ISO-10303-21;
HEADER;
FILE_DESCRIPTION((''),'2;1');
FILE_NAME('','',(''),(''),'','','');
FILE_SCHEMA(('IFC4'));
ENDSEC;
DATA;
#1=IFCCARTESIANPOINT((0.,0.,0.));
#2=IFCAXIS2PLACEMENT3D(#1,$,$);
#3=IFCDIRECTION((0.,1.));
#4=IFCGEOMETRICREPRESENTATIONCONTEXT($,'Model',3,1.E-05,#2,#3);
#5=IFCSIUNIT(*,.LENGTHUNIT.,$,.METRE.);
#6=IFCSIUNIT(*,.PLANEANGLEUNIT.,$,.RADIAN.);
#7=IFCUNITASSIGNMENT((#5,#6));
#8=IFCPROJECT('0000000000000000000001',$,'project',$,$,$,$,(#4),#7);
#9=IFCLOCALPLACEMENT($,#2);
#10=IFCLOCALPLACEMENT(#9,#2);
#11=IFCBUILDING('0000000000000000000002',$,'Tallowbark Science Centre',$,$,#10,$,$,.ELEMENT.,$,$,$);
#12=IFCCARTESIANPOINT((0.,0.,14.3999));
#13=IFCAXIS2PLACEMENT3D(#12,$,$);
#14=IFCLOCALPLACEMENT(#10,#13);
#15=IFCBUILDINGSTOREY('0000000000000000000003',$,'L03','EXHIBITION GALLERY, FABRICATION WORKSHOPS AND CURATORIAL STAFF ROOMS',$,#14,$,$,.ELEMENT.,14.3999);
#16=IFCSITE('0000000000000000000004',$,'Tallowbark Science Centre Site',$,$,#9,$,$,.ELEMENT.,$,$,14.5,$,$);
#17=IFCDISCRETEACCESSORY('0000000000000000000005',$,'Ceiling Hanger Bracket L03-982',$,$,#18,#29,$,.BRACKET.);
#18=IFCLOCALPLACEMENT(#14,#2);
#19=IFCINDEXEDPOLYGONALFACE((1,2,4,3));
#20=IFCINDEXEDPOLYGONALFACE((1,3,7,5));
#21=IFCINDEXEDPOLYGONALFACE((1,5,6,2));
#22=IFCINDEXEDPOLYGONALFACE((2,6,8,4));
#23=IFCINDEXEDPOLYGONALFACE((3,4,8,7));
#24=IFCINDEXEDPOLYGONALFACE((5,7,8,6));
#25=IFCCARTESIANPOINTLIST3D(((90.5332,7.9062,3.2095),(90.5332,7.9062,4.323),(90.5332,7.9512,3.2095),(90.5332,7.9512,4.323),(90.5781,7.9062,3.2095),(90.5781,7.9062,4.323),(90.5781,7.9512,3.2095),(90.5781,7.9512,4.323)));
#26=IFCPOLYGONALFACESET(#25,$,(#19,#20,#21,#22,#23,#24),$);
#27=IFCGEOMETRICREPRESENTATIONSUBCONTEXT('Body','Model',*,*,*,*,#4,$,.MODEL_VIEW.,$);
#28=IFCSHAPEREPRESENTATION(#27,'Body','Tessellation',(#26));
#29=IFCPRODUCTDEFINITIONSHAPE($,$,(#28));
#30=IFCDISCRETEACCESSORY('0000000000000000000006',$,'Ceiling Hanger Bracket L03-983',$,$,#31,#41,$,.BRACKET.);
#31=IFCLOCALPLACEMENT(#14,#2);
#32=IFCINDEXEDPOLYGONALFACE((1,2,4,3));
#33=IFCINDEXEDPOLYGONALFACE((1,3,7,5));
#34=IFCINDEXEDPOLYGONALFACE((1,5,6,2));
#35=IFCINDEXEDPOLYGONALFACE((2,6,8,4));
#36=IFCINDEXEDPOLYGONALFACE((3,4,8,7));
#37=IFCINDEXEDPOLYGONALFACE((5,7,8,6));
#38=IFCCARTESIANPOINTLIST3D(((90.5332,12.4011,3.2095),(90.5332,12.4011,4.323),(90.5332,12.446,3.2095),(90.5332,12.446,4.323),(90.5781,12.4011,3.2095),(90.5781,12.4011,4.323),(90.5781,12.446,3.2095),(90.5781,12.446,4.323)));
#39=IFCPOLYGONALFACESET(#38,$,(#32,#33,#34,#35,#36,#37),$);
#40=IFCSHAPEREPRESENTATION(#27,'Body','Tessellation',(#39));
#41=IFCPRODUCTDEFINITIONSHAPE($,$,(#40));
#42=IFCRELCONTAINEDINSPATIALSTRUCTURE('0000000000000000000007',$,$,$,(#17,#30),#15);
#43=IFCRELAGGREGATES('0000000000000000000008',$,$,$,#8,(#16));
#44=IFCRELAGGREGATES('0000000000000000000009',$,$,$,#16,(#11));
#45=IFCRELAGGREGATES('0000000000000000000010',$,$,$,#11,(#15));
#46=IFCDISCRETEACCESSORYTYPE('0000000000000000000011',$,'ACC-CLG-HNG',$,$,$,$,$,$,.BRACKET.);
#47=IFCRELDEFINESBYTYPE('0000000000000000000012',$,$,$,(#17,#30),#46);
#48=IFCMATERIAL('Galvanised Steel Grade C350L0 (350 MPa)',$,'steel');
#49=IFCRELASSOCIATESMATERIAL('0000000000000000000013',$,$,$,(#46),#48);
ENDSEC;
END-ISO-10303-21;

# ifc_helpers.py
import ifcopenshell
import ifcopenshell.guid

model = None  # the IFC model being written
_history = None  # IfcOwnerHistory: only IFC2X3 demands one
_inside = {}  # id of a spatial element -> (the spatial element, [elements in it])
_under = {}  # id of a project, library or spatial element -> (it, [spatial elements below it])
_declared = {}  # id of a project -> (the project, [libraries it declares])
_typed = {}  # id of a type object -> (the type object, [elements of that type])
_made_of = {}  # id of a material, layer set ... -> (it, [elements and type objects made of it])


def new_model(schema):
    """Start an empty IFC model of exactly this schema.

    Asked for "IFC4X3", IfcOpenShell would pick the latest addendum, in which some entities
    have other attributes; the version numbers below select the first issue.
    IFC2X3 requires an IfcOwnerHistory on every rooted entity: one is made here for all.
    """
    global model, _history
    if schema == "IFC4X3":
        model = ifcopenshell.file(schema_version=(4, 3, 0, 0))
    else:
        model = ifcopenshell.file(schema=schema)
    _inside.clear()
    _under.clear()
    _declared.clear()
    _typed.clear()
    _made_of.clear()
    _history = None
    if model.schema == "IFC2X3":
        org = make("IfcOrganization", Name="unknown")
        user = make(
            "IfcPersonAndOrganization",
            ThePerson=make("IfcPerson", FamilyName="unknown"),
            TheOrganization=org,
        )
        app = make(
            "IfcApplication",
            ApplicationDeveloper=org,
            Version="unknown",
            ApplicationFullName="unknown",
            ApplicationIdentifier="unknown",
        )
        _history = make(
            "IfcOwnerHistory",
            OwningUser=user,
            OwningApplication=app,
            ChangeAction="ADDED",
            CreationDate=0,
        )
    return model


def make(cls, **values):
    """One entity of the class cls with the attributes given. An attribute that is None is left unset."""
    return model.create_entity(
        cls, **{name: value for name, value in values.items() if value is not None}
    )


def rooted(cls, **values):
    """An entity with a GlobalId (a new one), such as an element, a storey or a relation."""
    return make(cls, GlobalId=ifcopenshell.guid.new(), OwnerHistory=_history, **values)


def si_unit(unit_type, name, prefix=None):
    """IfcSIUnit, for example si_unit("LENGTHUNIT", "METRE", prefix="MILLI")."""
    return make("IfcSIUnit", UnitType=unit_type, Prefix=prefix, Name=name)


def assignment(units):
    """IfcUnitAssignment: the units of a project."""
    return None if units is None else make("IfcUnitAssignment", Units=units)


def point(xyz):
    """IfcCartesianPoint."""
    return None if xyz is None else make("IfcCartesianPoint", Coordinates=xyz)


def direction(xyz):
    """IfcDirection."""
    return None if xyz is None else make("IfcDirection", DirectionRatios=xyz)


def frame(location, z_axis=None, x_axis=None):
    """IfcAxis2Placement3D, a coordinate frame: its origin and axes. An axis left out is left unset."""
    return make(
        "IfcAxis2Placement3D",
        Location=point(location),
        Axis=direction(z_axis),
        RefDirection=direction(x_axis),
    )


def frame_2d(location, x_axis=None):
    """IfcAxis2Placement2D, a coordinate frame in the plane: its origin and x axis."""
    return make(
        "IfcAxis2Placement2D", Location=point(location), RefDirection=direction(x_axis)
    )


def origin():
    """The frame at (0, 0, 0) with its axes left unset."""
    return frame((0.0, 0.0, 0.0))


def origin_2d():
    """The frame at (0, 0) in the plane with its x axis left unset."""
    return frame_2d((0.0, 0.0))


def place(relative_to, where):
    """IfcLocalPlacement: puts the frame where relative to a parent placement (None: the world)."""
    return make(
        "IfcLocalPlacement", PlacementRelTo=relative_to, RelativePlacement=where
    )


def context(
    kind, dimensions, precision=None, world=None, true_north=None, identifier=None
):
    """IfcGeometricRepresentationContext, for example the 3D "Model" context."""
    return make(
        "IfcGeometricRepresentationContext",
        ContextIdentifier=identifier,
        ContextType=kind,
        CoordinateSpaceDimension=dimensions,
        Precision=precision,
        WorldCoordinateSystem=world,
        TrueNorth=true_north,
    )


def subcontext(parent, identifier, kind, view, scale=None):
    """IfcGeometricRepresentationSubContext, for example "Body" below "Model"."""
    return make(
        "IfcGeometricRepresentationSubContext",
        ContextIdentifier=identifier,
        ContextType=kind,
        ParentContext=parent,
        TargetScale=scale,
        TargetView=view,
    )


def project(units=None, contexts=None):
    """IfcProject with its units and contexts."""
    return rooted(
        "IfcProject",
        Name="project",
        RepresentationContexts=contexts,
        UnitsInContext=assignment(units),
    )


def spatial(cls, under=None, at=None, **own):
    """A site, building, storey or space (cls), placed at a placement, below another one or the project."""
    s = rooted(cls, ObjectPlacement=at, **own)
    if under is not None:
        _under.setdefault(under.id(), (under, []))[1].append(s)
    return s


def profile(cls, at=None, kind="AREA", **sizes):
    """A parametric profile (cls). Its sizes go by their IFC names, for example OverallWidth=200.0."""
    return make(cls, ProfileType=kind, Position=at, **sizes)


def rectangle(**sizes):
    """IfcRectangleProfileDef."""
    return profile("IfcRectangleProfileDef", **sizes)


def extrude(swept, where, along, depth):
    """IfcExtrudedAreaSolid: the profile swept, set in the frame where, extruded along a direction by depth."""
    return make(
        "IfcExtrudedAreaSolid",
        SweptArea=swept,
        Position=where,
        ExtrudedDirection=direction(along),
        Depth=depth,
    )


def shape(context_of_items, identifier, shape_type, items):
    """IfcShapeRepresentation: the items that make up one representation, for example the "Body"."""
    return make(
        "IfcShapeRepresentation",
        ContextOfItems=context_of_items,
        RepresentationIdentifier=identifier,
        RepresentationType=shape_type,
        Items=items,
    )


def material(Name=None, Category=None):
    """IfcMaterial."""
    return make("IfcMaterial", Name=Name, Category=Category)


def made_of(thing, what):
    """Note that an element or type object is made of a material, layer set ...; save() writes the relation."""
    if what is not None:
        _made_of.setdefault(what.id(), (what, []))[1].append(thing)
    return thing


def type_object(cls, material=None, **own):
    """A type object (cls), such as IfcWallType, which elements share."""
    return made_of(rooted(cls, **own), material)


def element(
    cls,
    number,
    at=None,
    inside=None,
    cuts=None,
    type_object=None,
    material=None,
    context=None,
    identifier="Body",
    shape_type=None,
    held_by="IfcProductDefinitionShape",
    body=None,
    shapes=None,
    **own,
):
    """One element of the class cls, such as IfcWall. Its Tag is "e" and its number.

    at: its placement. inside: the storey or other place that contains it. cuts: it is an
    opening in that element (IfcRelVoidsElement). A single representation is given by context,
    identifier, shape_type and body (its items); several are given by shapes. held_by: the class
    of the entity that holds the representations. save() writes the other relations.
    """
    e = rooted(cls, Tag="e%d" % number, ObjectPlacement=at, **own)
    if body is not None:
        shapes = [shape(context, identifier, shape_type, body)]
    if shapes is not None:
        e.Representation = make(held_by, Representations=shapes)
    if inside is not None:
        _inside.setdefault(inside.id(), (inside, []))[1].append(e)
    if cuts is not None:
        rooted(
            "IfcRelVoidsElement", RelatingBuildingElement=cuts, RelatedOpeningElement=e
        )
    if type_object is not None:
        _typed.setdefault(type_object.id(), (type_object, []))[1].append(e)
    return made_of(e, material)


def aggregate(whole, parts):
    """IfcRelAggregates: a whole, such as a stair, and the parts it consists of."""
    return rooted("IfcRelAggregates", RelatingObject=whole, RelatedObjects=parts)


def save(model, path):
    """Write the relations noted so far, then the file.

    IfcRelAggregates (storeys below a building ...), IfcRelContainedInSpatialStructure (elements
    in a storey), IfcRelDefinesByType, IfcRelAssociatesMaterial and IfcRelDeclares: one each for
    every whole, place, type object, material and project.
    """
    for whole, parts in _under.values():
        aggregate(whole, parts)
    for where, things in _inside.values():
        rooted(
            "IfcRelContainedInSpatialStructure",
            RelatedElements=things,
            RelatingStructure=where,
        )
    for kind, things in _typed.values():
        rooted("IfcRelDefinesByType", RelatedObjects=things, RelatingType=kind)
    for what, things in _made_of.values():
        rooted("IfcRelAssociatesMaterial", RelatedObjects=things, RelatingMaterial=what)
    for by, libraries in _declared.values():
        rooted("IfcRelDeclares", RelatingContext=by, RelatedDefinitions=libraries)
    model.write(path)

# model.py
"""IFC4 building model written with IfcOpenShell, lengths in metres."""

from ifc_helpers import new_model, si_unit, direction, frame, origin, origin_2d, place, context, subcontext, project, spatial, rectangle, extrude, material, type_object, element, save


model = new_model("IFC4")

# Units and contexts
model_context = context("Model", 3, precision=1e-05, world=origin(), true_north=direction((0.0, 1.0)))
body_context = subcontext(model_context, "Body", "Model", "MODEL_VIEW")
ifc_project = project(units=[si_unit("LENGTHUNIT", "METRE"), si_unit("PLANEANGLEUNIT", "RADIAN")], contexts=[model_context])

# Site, building, storey
site_placement = place(None, origin())
site = spatial("IfcSite", under=ifc_project, at=site_placement, Name="Tallowbark Science Centre Site", CompositionType="ELEMENT", RefElevation=14.5)
building_placement = place(site_placement, origin())
building = spatial("IfcBuilding", under=site, at=building_placement, Name="Tallowbark Science Centre", CompositionType="ELEMENT")
storey_placement = place(building_placement, frame((0.0, 0.0, 14.3999)))
storey = spatial("IfcBuildingStorey", under=building, at=storey_placement, Name="L03", Description="EXHIBITION GALLERY, FABRICATION WORKSHOPS AND CURATORIAL STAFF ROOMS", CompositionType="ELEMENT", Elevation=14.3999)

# Discrete accessories
ifc_material_1 = material(Name="Galvanised Steel Grade C350L0 (350 MPa)", Category="steel")
discrete_accessory_type_1 = type_object("IfcDiscreteAccessoryType", Name="ACC-CLG-HNG", PredefinedType="BRACKET", material=ifc_material_1)
for number, where, z_axis, x_axis, name in (
    (1, (90.5557, 7.9287, 3.2095), (0.0, 0.0, 1.0), (1.0, 0.0, 0.0), "Ceiling Hanger Bracket L03-982"),
    (2, (90.5557, 12.4236, 3.2095), (0.0, 0.0, 1.0), (1.0, 0.0, 0.0), "Ceiling Hanger Bracket L03-983"),
):
    element("IfcDiscreteAccessory", number, at=place(storey_placement, frame(where, z_axis=z_axis, x_axis=x_axis)), inside=storey, type_object=discrete_accessory_type_1, Name=name, PredefinedType="BRACKET", context=body_context, shape_type="SweptSolid", body=[
        extrude(rectangle(XDim=0.0449, YDim=0.0449, at=origin_2d()), origin(), (0.0, 0.0, 1.0), 1.1135),
    ])

save(model, "model.ifc")
